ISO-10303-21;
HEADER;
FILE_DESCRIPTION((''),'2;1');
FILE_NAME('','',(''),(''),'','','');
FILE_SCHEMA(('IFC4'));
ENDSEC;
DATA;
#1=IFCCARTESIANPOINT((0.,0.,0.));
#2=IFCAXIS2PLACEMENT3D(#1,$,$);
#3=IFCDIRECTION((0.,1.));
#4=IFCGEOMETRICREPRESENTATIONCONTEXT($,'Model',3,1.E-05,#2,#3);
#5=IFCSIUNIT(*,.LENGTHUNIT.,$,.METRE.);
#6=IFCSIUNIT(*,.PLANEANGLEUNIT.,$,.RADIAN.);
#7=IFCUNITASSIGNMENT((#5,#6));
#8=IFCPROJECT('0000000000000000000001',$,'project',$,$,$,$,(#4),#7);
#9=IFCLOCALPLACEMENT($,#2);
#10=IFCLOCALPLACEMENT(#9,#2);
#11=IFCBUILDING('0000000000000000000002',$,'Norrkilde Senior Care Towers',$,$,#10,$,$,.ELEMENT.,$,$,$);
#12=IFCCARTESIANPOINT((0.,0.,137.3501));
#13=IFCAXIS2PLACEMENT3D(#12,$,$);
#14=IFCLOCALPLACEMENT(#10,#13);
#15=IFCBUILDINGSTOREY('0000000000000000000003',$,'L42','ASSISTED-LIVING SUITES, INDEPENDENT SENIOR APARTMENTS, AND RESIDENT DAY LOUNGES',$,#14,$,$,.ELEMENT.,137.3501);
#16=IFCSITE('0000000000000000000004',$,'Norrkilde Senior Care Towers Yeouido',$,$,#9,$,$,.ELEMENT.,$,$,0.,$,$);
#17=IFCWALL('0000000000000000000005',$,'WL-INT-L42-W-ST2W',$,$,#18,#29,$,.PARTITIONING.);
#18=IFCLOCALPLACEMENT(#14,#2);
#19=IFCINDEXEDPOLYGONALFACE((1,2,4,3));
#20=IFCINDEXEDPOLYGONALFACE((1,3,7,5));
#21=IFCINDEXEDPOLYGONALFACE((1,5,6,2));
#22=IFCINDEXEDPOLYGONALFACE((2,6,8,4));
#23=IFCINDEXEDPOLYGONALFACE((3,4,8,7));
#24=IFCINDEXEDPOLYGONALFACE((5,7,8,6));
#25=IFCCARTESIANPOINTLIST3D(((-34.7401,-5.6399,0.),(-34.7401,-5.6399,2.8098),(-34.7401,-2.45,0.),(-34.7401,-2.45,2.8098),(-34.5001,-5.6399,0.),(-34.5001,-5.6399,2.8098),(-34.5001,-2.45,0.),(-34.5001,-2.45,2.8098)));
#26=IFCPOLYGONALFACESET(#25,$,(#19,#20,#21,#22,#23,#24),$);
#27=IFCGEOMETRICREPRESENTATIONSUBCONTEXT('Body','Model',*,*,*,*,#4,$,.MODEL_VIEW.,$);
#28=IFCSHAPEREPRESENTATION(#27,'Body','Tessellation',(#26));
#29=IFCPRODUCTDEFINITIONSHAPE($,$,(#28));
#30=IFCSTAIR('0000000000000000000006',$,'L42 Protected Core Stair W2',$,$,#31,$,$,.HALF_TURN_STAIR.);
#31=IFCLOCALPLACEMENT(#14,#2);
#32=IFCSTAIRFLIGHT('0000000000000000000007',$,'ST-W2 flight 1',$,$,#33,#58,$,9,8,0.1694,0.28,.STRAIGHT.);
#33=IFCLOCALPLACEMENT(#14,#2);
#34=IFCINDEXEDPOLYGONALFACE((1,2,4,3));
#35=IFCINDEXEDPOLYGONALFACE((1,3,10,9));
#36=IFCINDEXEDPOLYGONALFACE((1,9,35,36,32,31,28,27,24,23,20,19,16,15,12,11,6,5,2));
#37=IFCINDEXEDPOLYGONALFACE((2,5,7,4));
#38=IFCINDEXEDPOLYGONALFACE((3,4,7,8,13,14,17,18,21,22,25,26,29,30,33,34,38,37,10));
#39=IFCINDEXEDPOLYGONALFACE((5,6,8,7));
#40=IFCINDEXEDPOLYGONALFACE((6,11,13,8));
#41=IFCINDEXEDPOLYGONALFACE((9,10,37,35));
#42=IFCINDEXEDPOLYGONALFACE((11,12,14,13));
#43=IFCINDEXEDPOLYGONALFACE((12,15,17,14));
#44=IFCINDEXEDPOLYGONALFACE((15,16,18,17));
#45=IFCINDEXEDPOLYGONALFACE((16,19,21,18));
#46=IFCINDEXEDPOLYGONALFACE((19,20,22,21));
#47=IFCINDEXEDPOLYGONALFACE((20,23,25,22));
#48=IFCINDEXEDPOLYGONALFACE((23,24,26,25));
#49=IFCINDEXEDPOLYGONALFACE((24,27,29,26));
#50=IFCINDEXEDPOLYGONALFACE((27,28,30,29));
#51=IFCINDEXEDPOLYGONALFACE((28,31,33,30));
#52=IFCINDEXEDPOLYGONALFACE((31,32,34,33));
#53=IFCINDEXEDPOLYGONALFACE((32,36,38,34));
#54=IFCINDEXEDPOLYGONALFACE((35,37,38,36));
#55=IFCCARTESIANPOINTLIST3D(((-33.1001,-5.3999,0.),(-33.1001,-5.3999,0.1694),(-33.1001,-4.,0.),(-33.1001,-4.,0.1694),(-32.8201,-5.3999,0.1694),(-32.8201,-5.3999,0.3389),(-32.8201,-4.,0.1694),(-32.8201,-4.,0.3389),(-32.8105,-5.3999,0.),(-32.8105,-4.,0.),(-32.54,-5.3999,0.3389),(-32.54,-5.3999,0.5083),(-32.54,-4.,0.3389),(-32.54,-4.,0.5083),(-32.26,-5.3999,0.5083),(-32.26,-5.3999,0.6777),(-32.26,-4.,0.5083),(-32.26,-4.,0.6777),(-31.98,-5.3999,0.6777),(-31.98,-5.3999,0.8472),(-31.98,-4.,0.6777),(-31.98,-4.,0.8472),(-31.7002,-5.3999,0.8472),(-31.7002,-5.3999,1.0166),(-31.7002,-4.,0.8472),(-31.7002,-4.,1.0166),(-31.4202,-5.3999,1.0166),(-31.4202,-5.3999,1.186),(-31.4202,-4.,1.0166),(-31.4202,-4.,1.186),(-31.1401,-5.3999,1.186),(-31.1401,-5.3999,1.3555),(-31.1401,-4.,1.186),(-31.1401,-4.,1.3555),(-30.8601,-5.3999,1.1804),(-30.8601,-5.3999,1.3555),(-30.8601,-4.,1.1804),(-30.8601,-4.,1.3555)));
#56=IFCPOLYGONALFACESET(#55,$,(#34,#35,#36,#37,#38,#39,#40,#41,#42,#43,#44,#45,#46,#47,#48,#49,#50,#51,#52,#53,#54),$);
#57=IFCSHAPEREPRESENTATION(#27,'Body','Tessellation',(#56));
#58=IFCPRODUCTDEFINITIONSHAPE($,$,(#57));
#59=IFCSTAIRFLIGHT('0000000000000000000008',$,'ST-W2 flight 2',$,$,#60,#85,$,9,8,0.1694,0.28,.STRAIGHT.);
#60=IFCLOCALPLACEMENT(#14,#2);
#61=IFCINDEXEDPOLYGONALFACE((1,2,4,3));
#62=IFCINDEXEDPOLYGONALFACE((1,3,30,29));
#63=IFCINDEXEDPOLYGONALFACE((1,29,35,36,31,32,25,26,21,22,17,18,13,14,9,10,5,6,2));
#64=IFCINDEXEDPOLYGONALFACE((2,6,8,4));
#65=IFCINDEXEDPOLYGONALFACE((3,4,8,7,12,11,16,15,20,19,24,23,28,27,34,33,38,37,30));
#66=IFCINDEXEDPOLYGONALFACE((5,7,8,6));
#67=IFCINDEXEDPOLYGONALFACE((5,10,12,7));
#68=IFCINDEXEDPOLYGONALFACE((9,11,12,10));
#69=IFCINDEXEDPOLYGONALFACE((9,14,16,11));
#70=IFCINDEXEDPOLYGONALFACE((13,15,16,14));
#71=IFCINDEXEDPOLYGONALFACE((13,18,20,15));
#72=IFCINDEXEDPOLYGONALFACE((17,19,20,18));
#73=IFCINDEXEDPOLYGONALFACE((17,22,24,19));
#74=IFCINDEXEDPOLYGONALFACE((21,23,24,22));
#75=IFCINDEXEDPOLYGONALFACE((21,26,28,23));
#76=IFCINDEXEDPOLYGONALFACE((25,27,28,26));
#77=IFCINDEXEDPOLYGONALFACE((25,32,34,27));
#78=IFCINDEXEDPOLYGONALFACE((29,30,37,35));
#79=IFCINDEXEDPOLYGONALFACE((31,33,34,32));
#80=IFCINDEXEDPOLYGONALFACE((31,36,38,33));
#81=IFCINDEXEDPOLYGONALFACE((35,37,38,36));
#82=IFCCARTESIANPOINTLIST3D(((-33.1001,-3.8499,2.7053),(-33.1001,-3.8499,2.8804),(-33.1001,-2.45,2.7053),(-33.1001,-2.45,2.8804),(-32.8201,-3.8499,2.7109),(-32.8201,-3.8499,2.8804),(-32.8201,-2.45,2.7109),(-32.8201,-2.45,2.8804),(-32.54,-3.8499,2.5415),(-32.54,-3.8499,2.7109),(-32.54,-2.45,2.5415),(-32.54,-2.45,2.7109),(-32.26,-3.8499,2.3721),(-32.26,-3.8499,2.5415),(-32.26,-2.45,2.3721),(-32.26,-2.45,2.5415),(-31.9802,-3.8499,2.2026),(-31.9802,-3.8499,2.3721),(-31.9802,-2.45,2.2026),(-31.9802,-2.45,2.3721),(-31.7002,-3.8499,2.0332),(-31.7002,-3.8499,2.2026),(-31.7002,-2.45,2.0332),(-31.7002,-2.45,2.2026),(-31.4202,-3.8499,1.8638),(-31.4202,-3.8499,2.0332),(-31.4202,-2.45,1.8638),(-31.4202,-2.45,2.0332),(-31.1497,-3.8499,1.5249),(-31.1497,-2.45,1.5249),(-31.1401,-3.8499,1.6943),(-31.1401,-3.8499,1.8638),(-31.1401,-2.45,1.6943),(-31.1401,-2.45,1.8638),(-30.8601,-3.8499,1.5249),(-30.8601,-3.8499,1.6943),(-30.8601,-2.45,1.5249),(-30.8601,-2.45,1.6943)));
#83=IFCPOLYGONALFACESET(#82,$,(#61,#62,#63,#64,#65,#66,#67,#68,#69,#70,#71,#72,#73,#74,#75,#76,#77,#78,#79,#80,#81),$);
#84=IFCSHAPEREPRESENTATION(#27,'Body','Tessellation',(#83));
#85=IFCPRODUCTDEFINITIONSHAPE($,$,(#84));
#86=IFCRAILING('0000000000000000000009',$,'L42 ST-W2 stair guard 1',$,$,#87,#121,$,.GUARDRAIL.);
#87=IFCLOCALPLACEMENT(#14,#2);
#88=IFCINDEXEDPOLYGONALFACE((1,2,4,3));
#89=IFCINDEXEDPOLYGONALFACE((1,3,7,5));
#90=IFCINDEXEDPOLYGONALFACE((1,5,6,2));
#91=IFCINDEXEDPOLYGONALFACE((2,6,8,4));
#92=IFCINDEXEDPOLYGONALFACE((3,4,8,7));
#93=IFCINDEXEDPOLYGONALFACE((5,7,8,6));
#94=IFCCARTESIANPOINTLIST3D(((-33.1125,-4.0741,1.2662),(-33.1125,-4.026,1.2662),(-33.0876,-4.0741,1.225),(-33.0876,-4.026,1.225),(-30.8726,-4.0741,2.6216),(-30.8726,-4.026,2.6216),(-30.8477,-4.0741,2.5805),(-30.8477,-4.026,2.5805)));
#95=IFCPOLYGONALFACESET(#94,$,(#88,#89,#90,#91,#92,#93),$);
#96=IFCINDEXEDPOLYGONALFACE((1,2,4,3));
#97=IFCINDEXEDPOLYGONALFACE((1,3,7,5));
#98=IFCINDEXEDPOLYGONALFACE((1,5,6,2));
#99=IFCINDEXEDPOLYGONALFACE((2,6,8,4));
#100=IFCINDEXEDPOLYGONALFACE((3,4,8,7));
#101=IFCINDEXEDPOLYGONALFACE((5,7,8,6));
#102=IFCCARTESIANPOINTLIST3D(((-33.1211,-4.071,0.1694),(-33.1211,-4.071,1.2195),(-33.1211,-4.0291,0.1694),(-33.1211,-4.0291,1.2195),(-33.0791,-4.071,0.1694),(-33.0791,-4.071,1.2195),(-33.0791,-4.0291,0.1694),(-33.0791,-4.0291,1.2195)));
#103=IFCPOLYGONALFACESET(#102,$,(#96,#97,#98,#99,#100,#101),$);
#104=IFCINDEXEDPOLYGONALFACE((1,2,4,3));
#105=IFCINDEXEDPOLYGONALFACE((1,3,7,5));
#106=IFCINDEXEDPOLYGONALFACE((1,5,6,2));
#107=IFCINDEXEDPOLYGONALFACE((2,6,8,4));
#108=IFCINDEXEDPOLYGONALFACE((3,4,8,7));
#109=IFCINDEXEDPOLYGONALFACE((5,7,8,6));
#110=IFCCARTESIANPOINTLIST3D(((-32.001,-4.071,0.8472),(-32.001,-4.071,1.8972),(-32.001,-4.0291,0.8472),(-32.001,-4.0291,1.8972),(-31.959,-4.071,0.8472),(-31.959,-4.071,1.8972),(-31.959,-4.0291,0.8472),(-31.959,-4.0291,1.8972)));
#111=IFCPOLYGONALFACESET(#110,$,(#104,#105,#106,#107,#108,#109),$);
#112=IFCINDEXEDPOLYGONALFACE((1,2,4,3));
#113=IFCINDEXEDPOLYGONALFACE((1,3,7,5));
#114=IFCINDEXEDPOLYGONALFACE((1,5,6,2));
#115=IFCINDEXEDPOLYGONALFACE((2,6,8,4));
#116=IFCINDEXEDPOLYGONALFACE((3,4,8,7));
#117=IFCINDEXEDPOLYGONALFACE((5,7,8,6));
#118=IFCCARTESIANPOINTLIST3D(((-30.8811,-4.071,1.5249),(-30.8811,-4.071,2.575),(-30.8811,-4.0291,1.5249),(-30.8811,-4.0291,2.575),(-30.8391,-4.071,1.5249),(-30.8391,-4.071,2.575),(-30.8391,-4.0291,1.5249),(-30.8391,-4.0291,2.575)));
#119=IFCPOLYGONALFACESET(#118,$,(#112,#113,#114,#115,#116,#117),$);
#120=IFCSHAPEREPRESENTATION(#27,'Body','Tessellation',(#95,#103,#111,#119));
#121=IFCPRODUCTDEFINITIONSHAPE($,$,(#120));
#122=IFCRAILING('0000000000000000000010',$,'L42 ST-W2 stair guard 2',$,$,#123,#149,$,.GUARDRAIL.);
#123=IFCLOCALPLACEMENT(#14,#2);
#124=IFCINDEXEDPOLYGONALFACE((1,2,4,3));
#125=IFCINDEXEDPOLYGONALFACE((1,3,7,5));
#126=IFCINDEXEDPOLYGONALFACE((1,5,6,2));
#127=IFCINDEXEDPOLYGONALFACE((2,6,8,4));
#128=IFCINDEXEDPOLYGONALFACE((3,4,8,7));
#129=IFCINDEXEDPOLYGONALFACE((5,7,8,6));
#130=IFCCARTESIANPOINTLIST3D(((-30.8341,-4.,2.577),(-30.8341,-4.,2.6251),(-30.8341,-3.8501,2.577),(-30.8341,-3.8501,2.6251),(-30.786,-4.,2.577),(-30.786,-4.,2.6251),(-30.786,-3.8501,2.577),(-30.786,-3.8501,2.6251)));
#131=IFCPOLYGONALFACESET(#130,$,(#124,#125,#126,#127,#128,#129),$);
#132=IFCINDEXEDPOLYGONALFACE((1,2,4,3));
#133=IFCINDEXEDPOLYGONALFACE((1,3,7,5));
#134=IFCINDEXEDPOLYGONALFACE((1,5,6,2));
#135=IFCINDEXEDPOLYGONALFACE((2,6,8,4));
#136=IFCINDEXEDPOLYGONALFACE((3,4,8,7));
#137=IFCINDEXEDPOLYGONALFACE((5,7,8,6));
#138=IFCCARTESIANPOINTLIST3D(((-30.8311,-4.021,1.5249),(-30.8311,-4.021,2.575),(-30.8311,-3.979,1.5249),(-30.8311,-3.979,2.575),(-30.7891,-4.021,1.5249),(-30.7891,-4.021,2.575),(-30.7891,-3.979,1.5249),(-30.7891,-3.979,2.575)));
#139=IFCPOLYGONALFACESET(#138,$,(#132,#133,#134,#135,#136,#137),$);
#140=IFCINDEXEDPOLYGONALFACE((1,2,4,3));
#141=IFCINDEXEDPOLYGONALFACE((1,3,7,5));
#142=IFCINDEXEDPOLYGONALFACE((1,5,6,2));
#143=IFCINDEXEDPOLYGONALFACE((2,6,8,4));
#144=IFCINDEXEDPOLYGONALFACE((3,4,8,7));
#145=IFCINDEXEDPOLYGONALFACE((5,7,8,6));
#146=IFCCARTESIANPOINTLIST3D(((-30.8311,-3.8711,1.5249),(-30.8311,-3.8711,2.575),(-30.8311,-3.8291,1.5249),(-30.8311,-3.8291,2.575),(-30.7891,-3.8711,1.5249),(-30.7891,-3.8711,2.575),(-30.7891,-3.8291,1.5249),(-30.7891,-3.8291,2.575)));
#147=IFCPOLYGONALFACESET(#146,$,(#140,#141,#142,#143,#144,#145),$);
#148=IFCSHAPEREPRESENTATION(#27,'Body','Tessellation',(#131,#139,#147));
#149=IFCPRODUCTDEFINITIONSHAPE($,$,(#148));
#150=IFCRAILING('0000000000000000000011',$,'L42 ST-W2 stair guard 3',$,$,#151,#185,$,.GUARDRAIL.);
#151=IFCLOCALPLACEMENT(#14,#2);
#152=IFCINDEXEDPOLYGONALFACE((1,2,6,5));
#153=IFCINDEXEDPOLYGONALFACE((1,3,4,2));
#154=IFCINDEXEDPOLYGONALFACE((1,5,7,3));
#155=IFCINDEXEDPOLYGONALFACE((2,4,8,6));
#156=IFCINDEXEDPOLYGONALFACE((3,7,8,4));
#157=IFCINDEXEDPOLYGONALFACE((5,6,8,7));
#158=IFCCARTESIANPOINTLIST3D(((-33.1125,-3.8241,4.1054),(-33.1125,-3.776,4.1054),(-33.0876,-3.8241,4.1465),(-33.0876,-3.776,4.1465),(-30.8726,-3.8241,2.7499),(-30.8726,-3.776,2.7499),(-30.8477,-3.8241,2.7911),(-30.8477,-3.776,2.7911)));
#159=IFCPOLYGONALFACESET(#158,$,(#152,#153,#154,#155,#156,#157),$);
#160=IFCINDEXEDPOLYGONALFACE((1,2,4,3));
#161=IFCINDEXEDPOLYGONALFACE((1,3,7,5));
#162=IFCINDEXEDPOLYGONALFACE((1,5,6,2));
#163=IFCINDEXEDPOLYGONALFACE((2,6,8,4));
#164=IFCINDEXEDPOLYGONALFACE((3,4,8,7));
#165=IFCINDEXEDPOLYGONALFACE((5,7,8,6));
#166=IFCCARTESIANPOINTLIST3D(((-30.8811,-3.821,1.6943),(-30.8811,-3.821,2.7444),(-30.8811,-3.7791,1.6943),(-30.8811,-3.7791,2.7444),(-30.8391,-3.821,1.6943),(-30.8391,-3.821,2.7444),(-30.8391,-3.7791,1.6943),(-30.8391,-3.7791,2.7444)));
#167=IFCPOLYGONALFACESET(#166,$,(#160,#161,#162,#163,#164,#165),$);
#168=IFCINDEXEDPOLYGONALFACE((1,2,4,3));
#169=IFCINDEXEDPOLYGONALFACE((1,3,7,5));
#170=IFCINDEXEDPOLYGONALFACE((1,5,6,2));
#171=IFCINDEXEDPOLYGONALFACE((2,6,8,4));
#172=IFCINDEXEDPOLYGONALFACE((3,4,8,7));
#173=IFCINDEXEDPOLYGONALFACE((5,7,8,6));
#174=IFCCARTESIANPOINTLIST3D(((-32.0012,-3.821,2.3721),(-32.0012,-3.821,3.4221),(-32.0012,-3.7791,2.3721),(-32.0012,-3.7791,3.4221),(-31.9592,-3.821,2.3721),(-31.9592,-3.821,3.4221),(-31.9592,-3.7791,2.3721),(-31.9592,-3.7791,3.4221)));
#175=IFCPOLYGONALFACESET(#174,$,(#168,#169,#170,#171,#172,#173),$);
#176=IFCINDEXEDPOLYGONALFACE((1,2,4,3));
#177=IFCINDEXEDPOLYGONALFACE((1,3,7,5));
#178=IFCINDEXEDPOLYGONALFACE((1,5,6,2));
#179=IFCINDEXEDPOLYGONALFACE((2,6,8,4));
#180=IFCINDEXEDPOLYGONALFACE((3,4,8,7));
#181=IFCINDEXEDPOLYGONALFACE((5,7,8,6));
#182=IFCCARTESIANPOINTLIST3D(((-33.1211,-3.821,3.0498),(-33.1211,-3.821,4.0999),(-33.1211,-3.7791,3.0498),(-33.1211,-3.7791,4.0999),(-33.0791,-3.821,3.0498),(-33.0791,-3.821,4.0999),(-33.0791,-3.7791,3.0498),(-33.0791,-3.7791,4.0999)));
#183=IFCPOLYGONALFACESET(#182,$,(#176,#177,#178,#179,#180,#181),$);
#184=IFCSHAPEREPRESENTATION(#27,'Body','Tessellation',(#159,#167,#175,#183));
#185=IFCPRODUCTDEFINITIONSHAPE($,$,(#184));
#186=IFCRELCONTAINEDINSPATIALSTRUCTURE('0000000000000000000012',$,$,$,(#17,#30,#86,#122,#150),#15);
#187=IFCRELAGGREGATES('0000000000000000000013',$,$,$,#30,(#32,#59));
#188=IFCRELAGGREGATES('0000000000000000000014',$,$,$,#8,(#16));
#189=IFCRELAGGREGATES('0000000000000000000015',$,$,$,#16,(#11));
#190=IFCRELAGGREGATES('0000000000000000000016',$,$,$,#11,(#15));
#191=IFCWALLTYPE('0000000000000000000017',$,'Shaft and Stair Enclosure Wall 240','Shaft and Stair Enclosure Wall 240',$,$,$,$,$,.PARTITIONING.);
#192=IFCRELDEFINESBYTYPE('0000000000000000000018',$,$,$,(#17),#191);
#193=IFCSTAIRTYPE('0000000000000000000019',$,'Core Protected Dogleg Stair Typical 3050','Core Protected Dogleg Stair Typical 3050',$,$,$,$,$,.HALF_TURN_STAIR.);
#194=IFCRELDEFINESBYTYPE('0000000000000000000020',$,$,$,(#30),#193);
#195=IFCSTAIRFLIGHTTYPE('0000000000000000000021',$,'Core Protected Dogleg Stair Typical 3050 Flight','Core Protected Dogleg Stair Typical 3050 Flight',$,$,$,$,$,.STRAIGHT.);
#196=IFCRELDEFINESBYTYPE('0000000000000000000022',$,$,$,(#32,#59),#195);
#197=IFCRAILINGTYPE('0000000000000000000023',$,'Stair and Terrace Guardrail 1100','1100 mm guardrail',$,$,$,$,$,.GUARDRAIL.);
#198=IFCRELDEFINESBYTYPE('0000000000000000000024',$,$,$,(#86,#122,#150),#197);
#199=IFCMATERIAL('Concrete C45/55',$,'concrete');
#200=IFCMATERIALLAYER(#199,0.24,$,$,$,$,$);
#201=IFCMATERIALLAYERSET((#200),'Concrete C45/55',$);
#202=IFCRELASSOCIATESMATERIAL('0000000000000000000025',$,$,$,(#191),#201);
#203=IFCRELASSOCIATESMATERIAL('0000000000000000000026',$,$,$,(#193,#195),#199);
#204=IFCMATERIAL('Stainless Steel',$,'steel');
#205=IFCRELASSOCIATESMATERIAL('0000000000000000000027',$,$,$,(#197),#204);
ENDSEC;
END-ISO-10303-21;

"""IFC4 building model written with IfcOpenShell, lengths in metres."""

from ifc_helpers import new_model, si_unit, direction, frame, frame_2d, origin, origin_2d, place, context, subcontext, project, spatial, polyline, rectangle, outline, extrude, source, transform, mapped, material, layer, layer_set, type_object, element, aggregate, save


model = new_model("IFC4")

# Units and contexts
model_context = context("Model", 3, precision=1e-05, world=origin(), true_north=direction((0.0, 1.0)))
body_context = subcontext(model_context, "Body", "Model", "MODEL_VIEW")
ifc_project = project(units=[si_unit("LENGTHUNIT", "METRE"), si_unit("PLANEANGLEUNIT", "RADIAN")], contexts=[model_context])

# Site, building, storey
site_placement = place(None, origin())
site = spatial("IfcSite", under=ifc_project, at=site_placement, Name="Norrkilde Senior Care Towers Yeouido", CompositionType="ELEMENT", RefElevation=0.0)
building_placement = place(site_placement, origin())
building = spatial("IfcBuilding", under=site, at=building_placement, Name="Norrkilde Senior Care Towers", CompositionType="ELEMENT")
storey_placement = place(building_placement, frame((0.0, 0.0, 137.3501)))
storey = spatial("IfcBuildingStorey", under=building, at=storey_placement, Name="L42", Description="ASSISTED-LIVING SUITES, INDEPENDENT SENIOR APARTMENTS, AND RESIDENT DAY LOUNGES", CompositionType="ELEMENT", Elevation=137.3501)

# Shared definitions
ifc_material_1 = material(Name="Concrete C45/55", Category="concrete")
ifc_layer_1 = layer(ifc_material_1, 0.24)
ifc_layer_set_1 = layer_set([ifc_layer_1], Name="Concrete C45/55")
wall_type_1 = type_object("IfcWallType", Name="Shaft and Stair Enclosure Wall 240", Description="Shaft and Stair Enclosure Wall 240", PredefinedType="PARTITIONING", material=ifc_layer_set_1)

# Wall
shared_shape_1 = source(origin(), body_context, "Body", "SweptSolid", [
    extrude(rectangle(XDim=3.1899, YDim=0.24, at=frame_2d((1.595, 0.0))), origin(), (0.0, 0.0, 1.0), 2.8098),
])
wall_1_placement = place(storey_placement, frame((-34.6201, -5.6399, 0.0), z_axis=(0.0, 0.0, 1.0), x_axis=(0.0, 1.0, 0.0)))
element("IfcWall", 1, at=wall_1_placement, inside=storey, type_object=wall_type_1, Name="WL-INT-L42-W-ST2W", PredefinedType="PARTITIONING", context=body_context, shape_type="MappedRepresentation", body=[
    mapped(shared_shape_1, transform((0.0, 0.0, 0.0), x_axis=(1.0, 0.0, 0.0), y_axis=(0.0, 1.0, 0.0), z_axis=(0.0, 0.0, 1.0), scale=1.0)),
])

# Stair, stair flights
stair_type = type_object("IfcStairType", Name="Core Protected Dogleg Stair Typical 3050", Description="Core Protected Dogleg Stair Typical 3050", PredefinedType="HALF_TURN_STAIR", material=ifc_material_1)
stair_placement = place(storey_placement, origin())
stair = element("IfcStair", 2, at=stair_placement, inside=storey, type_object=stair_type, Name="L42 Protected Core Stair W2", PredefinedType="HALF_TURN_STAIR")
stair_flight_type = type_object("IfcStairFlightType", Name="Core Protected Dogleg Stair Typical 3050 Flight", Description="Core Protected Dogleg Stair Typical 3050 Flight", PredefinedType="STRAIGHT", material=ifc_material_1)
stair_flight_1_placement = place(storey_placement, frame((-33.1001, -4.7, 0.0), z_axis=(0.0, 0.0, 1.0), x_axis=(1.0, 0.0, 0.0)))
stair_flight_1 = element("IfcStairFlight", 3, at=stair_flight_1_placement, type_object=stair_flight_type, Name="ST-W2 flight 1", NumberOfRisers=9, NumberOfTreads=8, PredefinedType="STRAIGHT", RiserHeight=0.1694, TreadLength=0.28, context=body_context, shape_type="SweptSolid", body=[
    extrude(outline(polyline([(0.0, 0.0), (0.0, 0.1694), (0.28, 0.1694), (0.28, 0.3389), (0.5601, 0.3389), (0.5601, 0.5083), (0.8401, 0.5083), (0.8401, 0.6777), (1.1201, 0.6777), (1.1201, 0.8472), (1.3999, 0.8472), (1.3999, 1.0166), (1.6799, 1.0166), (1.6799, 1.186), (1.96, 1.186), (1.96, 1.3555), (2.24, 1.3555), (2.24, 1.5249), (2.24, 1.1804), (0.2896, 0.0), (0.0, 0.0)])), frame((0.0, 0.7, 0.0), z_axis=(0.0, -1.0, 0.0), x_axis=(1.0, 0.0, 0.0)), (0.0, 0.0, 1.0), 1.3999),
])
stair_flight_2_placement = place(storey_placement, frame((-30.8601, -3.1499, 1.5249), z_axis=(0.0, 0.0, 1.0), x_axis=(-1.0, 0.0, 0.0)))
stair_flight_2 = element("IfcStairFlight", 4, at=stair_flight_2_placement, type_object=stair_flight_type, Name="ST-W2 flight 2", NumberOfRisers=9, NumberOfTreads=8, PredefinedType="STRAIGHT", RiserHeight=0.1694, TreadLength=0.28, context=body_context, shape_type="SweptSolid", body=[
    extrude(outline(polyline([(0.0, 0.0), (0.0, 0.1694), (0.28, 0.1694), (0.28, 0.3389), (0.5601, 0.3389), (0.5601, 0.5083), (0.8401, 0.5083), (0.8401, 0.6777), (1.1201, 0.6777), (1.1201, 0.8472), (1.3999, 0.8472), (1.3999, 1.0166), (1.6799, 1.0166), (1.6799, 1.186), (1.96, 1.186), (1.96, 1.3555), (2.24, 1.3555), (2.24, 1.5249), (2.24, 1.1804), (0.2896, 0.0), (0.0, 0.0)])), frame((0.0, 0.7, 0.0), z_axis=(0.0, -1.0, 0.0), x_axis=(1.0, 0.0, 0.0)), (0.0, 0.0, 1.0), 1.3999),
])
aggregate(stair, [stair_flight_1, stair_flight_2])

# Railings
ifc_material_2 = material(Name="Stainless Steel", Category="steel")
railing_type_1 = type_object("IfcRailingType", Name="Stair and Terrace Guardrail 1100", Description="1100 mm guardrail", PredefinedType="GUARDRAIL", material=ifc_material_2)
railing_1_placement = place(storey_placement, frame((-33.1001, -4.05, 0.1694)))
element("IfcRailing", 5, at=railing_1_placement, inside=storey, type_object=railing_type_1, Name="L42 ST-W2 stair guard 1", PredefinedType="GUARDRAIL", context=body_context, shape_type="SweptSolid", body=[
    extrude(rectangle(XDim=0.0481, YDim=0.0481, at=origin_2d()), frame((0.0, 0.0, 1.0762), z_axis=(0.855553, 0.0, 0.517715), x_axis=(0.0, 1.0, 0.0)), (0.0, 0.0, 1.0), 2.6182),
    extrude(rectangle(XDim=0.042, YDim=0.042, at=origin_2d()), origin(), (0.0, 0.0, 1.0), 1.05),
    extrude(rectangle(XDim=0.042, YDim=0.042, at=origin_2d()), frame((1.1201, 0.0, 0.6777)), (0.0, 0.0, 1.0), 1.05),
    extrude(rectangle(XDim=0.042, YDim=0.042, at=origin_2d()), frame((2.24, 0.0, 1.3555)), (0.0, 0.0, 1.0), 1.05),
])
railing_2_placement = place(storey_placement, frame((-30.8101, -4.0, 1.5249)))
element("IfcRailing", 6, at=railing_2_placement, inside=storey, type_object=railing_type_1, Name="L42 ST-W2 stair guard 2", PredefinedType="GUARDRAIL", context=body_context, shape_type="SweptSolid", body=[
    extrude(rectangle(XDim=0.0481, YDim=0.0481, at=origin_2d()), frame((0.0, 0.0, 1.0762), z_axis=(0.0, 1.0, 0.0), x_axis=(-1.0, 0.0, 0.0)), (0.0, 0.0, 1.0), 0.1499),
    extrude(rectangle(XDim=0.042, YDim=0.042, at=origin_2d()), origin(), (0.0, 0.0, 1.0), 1.05),
    extrude(rectangle(XDim=0.042, YDim=0.042, at=origin_2d()), frame((0.0, 0.1499, 0.0)), (0.0, 0.0, 1.0), 1.05),
])
railing_3_placement = place(storey_placement, frame((-30.8601, -3.8, 1.6943)))
element("IfcRailing", 7, at=railing_3_placement, inside=storey, type_object=railing_type_1, Name="L42 ST-W2 stair guard 3", PredefinedType="GUARDRAIL", context=body_context, shape_type="SweptSolid", body=[
    extrude(rectangle(XDim=0.0481, YDim=0.0481, at=origin_2d()), frame((0.0, 0.0, 1.0762), z_axis=(-0.855553, 0.0, 0.517715), x_axis=(0.0, -1.0, 0.0)), (0.0, 0.0, 1.0), 2.6182),
    extrude(rectangle(XDim=0.042, YDim=0.042, at=origin_2d()), origin(), (0.0, 0.0, 1.0), 1.05),
    extrude(rectangle(XDim=0.042, YDim=0.042, at=origin_2d()), frame((-1.1201, 0.0, 0.6777)), (0.0, 0.0, 1.0), 1.05),
    extrude(rectangle(XDim=0.042, YDim=0.042, at=origin_2d()), frame((-2.24, 0.0, 1.3555)), (0.0, 0.0, 1.0), 1.05),
])

save(model, "model.ifc")
